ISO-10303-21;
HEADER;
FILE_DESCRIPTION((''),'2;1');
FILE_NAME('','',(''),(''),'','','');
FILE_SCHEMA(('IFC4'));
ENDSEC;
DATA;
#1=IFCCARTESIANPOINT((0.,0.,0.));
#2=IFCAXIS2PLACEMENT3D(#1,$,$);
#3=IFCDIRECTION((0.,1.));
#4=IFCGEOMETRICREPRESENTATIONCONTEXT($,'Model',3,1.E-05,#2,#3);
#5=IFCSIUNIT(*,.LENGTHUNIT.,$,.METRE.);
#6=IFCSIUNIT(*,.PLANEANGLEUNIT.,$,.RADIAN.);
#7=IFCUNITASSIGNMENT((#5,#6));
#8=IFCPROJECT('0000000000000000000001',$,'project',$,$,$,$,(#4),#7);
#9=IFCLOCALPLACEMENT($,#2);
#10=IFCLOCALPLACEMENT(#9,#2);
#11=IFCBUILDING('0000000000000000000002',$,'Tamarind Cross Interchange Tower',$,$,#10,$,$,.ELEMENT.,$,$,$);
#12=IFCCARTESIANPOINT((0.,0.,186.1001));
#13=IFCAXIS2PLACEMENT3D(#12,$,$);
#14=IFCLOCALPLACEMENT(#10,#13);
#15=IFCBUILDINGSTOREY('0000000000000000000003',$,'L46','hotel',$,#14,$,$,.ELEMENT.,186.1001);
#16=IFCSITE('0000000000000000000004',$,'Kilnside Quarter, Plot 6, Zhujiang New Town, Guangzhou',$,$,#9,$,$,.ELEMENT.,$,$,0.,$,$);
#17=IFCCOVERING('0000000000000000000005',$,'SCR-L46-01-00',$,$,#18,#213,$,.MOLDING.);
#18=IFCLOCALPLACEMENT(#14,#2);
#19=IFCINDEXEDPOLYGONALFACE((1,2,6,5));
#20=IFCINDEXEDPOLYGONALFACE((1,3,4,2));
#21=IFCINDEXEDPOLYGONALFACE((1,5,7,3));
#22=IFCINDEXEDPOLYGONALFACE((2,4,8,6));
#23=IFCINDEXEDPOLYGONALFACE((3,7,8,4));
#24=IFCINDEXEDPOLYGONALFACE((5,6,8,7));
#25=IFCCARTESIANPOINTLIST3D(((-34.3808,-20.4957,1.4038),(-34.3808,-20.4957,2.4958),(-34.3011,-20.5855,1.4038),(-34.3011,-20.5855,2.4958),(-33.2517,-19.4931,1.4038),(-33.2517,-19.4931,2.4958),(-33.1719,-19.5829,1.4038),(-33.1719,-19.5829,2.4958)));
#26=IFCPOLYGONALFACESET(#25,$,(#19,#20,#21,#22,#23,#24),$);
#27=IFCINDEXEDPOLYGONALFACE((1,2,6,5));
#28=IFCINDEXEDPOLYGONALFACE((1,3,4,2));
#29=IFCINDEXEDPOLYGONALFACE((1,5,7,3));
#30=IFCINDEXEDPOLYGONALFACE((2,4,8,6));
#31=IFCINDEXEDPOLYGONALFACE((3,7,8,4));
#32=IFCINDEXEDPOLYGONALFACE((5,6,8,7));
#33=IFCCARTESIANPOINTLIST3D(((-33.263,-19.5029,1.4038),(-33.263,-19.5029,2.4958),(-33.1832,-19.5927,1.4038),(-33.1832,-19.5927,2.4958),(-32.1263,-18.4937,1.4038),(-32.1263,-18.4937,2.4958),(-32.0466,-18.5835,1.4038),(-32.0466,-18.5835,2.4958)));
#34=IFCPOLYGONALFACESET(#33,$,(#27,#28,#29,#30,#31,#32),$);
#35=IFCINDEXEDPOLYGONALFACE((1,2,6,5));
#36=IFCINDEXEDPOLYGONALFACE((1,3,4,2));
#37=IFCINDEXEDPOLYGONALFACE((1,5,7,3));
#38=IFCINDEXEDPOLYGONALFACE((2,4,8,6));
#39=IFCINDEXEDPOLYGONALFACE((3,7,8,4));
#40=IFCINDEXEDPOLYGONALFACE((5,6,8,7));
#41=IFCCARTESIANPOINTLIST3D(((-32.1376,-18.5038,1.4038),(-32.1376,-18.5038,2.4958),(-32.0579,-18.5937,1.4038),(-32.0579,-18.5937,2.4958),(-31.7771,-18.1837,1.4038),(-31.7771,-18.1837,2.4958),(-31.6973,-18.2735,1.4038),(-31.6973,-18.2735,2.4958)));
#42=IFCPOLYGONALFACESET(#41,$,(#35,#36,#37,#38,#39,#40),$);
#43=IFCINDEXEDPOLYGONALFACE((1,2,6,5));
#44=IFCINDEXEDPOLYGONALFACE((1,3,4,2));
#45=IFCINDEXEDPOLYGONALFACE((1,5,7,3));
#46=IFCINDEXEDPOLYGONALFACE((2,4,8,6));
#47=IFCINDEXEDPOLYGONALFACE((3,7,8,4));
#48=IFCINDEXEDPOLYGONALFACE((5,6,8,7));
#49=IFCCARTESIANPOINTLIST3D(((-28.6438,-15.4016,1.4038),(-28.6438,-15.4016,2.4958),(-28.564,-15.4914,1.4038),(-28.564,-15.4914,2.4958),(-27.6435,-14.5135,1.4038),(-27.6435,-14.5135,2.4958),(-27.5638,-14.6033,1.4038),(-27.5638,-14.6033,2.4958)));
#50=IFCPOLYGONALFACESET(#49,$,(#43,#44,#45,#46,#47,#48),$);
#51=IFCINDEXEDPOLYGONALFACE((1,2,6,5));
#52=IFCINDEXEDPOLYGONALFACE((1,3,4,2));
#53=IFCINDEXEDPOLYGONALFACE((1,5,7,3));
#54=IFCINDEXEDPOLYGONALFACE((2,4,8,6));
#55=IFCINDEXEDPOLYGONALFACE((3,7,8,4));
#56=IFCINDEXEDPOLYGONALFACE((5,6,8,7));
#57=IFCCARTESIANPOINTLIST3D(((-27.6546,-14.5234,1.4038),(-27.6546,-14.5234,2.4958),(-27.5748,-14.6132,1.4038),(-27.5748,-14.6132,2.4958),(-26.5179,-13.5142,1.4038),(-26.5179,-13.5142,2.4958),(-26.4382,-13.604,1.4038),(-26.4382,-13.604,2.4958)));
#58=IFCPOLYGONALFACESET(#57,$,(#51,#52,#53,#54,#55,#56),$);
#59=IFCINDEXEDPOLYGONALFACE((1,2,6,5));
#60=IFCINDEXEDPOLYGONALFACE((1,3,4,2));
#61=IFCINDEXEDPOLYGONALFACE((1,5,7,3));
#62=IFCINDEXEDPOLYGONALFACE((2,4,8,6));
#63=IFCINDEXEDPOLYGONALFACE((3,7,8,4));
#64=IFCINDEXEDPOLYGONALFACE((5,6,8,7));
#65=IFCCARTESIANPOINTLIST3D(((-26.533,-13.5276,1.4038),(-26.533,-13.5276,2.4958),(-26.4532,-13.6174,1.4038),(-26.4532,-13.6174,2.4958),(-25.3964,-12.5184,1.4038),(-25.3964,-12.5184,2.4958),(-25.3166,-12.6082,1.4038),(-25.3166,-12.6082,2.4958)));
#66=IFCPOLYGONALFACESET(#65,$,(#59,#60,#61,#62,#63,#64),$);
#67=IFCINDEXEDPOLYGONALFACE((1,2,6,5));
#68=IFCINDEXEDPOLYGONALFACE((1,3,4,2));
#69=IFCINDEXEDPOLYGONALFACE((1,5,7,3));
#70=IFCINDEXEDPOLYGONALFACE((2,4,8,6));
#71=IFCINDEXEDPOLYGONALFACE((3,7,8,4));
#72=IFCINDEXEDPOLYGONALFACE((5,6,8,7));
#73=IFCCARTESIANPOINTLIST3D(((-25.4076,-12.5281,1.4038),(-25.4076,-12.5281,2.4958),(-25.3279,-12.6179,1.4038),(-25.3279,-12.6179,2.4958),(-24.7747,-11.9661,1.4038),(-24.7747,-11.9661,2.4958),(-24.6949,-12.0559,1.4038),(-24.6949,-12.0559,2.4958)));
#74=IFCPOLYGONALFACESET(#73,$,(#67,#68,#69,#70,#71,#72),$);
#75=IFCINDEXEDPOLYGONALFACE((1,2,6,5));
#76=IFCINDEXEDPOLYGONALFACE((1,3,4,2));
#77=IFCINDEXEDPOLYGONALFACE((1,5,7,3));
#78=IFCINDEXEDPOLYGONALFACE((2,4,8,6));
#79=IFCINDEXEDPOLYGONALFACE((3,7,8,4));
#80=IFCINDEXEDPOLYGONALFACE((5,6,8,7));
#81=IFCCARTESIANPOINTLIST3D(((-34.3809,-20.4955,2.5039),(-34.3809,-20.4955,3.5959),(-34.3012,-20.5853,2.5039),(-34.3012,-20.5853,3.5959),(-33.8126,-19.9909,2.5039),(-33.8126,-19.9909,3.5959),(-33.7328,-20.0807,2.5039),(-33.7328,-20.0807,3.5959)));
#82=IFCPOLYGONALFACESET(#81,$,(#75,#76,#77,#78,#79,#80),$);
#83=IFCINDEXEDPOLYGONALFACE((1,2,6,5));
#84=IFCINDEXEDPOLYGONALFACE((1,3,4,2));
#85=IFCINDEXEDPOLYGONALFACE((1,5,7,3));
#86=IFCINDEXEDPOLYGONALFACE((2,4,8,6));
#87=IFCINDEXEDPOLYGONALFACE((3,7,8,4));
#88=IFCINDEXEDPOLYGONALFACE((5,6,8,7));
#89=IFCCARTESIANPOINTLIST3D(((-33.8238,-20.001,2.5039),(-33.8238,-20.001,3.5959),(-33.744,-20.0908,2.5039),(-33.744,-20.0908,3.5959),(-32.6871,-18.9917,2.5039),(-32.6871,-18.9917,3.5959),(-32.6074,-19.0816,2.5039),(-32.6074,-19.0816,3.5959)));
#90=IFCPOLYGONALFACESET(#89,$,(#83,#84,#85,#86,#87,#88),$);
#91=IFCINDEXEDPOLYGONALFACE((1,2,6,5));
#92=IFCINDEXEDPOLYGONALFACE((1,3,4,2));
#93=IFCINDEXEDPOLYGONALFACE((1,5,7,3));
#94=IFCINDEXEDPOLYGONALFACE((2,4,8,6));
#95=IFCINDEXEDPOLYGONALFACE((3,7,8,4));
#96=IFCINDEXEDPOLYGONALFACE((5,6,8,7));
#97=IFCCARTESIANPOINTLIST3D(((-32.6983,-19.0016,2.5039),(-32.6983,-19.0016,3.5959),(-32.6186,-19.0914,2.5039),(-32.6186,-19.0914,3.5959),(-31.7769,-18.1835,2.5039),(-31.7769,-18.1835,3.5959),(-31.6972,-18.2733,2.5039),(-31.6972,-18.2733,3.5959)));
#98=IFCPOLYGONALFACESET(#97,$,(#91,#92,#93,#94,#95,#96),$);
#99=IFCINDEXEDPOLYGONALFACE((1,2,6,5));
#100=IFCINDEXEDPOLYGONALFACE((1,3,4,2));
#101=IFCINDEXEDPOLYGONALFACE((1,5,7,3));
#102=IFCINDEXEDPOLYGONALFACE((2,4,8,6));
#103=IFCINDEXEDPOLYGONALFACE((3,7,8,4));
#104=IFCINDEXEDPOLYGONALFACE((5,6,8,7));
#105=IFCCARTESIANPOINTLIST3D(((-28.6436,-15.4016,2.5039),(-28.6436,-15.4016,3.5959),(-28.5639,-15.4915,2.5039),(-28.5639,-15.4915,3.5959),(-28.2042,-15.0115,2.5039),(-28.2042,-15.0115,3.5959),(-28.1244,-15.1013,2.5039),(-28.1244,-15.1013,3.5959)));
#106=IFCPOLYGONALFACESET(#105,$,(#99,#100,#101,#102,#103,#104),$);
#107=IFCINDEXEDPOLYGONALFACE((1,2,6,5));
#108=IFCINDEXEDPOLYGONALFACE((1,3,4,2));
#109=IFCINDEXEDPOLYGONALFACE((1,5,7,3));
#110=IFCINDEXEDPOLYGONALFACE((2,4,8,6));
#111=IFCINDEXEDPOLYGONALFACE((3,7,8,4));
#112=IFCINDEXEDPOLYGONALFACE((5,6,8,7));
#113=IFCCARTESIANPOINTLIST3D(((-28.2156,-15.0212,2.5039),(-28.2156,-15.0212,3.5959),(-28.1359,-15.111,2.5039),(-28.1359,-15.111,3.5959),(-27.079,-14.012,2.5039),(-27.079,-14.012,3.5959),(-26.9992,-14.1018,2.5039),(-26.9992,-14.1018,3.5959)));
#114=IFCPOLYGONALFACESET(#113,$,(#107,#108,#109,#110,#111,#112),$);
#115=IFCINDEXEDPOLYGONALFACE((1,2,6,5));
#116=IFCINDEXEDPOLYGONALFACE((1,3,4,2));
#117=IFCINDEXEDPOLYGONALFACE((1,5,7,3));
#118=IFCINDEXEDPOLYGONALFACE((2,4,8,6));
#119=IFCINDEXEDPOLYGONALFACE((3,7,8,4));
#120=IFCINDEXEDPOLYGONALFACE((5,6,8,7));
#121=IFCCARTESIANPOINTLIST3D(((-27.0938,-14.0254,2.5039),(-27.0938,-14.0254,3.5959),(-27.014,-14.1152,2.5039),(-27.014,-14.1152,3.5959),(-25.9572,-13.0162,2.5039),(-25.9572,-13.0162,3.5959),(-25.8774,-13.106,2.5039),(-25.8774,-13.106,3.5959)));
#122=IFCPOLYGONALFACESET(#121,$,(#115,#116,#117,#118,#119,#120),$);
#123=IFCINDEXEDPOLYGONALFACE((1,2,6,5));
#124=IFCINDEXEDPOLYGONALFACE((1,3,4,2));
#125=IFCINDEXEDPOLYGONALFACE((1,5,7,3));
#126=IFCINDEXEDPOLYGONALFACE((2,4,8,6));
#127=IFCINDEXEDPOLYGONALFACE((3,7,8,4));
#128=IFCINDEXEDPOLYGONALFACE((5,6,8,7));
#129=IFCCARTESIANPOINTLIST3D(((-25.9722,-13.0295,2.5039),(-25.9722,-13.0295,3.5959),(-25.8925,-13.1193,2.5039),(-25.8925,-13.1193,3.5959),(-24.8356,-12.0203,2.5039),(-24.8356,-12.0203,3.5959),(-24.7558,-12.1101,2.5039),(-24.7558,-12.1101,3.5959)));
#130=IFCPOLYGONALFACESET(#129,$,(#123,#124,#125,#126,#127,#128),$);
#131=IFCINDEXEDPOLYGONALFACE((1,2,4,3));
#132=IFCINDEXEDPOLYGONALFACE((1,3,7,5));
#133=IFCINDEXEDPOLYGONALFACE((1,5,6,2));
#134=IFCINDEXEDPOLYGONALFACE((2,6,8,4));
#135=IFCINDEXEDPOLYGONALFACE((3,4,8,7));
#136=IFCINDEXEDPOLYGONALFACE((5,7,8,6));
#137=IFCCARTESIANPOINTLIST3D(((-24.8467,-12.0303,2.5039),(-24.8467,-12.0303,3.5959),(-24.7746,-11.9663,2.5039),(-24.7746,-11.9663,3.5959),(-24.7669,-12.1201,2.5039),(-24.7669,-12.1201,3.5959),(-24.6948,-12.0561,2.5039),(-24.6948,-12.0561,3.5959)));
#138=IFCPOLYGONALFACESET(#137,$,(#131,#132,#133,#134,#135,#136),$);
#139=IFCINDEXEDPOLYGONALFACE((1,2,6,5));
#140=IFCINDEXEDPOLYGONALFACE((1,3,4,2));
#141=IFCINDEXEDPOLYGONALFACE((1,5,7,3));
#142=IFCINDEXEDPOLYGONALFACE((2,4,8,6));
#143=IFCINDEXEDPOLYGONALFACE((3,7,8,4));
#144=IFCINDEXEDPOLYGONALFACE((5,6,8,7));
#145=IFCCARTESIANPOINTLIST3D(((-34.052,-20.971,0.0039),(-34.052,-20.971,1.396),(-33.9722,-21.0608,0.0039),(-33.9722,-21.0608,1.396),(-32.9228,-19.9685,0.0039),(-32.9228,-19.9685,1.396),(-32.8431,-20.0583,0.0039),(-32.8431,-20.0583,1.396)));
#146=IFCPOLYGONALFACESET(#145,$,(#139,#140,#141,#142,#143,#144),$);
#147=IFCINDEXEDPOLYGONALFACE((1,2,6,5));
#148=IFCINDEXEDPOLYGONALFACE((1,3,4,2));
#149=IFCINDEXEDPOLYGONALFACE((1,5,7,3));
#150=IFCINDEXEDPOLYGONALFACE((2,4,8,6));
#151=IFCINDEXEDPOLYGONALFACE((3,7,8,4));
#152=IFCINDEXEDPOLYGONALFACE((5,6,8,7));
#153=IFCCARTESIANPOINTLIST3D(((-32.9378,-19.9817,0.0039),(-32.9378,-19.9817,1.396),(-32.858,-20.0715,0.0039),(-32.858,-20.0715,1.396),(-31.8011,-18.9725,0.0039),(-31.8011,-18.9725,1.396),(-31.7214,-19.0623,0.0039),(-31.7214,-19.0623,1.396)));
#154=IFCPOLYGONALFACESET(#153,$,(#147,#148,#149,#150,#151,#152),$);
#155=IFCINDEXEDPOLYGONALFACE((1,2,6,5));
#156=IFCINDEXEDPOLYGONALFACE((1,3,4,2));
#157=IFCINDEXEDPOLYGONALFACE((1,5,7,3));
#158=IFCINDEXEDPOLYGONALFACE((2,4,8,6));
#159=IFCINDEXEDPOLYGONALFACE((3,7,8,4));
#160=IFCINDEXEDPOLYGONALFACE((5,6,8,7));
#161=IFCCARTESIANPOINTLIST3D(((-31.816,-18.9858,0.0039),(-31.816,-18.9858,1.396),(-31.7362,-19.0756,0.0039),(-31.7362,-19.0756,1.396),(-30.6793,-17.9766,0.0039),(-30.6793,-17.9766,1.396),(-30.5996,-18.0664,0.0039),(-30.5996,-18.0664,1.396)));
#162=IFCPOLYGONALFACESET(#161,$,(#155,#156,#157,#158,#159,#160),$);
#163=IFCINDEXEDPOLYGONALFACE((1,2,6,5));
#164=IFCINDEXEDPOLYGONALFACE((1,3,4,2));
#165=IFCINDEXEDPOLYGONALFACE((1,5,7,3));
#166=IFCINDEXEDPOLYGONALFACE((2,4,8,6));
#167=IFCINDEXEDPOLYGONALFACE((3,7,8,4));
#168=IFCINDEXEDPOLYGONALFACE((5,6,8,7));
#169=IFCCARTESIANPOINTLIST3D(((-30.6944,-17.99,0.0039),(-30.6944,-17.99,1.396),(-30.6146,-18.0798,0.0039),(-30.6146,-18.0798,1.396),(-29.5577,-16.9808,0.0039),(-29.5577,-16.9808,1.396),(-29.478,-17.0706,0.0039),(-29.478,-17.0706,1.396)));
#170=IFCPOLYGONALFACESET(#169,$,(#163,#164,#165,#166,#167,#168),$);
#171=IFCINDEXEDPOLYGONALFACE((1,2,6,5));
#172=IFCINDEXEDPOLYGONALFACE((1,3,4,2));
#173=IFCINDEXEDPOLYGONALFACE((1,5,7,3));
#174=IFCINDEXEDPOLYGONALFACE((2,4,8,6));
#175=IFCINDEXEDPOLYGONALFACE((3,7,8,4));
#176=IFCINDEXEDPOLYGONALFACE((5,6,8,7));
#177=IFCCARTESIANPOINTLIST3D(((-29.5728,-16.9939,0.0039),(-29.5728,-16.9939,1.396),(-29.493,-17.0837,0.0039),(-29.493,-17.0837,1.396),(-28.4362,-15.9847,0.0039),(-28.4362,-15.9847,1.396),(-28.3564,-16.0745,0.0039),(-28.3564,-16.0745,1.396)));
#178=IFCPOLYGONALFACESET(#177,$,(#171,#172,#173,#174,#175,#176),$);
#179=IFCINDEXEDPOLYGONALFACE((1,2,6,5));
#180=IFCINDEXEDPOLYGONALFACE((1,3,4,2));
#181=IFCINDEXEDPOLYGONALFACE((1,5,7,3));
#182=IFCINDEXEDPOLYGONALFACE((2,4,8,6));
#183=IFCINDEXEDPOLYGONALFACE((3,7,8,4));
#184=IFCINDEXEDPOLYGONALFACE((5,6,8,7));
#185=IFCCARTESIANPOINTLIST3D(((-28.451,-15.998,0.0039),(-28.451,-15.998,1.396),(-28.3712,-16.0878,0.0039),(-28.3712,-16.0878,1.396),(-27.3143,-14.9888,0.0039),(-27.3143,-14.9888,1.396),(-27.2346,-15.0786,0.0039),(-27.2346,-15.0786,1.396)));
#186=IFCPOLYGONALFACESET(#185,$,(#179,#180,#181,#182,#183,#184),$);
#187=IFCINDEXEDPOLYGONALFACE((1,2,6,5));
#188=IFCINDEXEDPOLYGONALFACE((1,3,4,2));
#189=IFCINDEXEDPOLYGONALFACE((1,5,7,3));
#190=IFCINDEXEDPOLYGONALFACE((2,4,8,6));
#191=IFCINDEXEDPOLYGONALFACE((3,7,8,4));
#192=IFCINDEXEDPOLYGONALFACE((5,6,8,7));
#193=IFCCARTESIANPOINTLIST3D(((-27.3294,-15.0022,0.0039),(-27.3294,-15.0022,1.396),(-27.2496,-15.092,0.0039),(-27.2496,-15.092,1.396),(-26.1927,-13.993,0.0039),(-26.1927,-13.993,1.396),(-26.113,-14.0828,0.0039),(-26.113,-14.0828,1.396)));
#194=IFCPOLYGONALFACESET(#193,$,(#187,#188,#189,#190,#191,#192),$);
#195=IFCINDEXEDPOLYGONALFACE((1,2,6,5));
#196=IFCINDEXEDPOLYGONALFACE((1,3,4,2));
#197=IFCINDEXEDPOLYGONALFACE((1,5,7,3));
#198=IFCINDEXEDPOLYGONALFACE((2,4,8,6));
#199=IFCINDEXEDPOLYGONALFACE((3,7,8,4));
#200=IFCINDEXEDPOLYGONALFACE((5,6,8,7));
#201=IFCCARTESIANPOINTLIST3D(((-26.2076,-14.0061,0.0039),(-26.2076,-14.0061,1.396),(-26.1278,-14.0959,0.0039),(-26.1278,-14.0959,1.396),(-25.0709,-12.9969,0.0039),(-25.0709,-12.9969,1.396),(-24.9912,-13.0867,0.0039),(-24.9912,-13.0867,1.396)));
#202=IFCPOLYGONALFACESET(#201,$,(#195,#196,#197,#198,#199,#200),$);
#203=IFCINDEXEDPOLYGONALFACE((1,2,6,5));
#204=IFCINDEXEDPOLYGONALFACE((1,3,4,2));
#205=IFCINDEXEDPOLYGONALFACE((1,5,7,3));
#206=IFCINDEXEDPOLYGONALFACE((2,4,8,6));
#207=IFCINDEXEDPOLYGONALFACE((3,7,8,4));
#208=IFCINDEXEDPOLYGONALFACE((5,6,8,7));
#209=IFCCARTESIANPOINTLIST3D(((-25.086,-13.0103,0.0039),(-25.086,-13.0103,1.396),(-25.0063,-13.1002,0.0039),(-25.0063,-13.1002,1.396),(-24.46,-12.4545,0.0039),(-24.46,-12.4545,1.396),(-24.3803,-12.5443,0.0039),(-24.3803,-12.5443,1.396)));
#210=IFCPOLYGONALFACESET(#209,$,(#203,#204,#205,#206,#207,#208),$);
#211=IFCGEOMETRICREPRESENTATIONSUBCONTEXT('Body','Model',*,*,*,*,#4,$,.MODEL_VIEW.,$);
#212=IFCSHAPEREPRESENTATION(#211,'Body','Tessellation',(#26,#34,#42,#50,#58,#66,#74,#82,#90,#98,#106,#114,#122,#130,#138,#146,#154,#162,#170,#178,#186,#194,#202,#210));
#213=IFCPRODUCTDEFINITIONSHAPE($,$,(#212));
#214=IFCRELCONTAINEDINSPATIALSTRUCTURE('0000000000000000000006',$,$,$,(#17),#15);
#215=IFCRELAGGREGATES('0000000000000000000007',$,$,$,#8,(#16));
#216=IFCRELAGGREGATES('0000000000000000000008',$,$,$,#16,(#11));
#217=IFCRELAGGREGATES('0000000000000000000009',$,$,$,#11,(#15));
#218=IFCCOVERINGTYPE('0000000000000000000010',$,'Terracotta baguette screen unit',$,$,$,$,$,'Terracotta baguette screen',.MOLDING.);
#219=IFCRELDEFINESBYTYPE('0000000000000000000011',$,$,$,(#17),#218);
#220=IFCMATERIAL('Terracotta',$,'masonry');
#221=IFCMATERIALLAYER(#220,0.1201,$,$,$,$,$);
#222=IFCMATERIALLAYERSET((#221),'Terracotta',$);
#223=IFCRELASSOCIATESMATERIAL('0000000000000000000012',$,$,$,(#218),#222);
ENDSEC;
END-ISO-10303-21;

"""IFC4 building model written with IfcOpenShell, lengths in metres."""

from ifc_helpers import new_model, si_unit, direction, frame, origin, origin_2d, place, context, subcontext, project, spatial, rectangle, extrude, material, layer, layer_set, type_object, element, save


model = new_model("IFC4")

# Units and contexts
model_context = context("Model", 3, precision=1e-05, world=origin(), true_north=direction((0.0, 1.0)))
body_context = subcontext(model_context, "Body", "Model", "MODEL_VIEW")
ifc_project = project(units=[si_unit("LENGTHUNIT", "METRE"), si_unit("PLANEANGLEUNIT", "RADIAN")], contexts=[model_context])

# Site, building, storey
site_placement = place(None, origin())
site = spatial("IfcSite", under=ifc_project, at=site_placement, Name="Kilnside Quarter, Plot 6, Zhujiang New Town, Guangzhou", CompositionType="ELEMENT", RefElevation=0.0)
building_placement = place(site_placement, origin())
building = spatial("IfcBuilding", under=site, at=building_placement, Name="Tamarind Cross Interchange Tower", CompositionType="ELEMENT")
storey_placement = place(building_placement, frame((0.0, 0.0, 186.1001)))
storey = spatial("IfcBuildingStorey", under=building, at=storey_placement, Name="L46", Description="hotel", CompositionType="ELEMENT", Elevation=186.1001)

# Covering
ifc_material_1 = material(Name="Terracotta", Category="masonry")
ifc_layer_1 = layer(ifc_material_1, 0.1201)
ifc_layer_set_1 = layer_set([ifc_layer_1], Name="Terracotta")
covering_type = type_object("IfcCoveringType", Name="Terracotta baguette screen unit", ElementType="Terracotta baguette screen", PredefinedType="MOLDING", material=ifc_layer_set_1)
covering_1_placement = place(storey_placement, origin())
element("IfcCovering", 1, at=covering_1_placement, inside=storey, type_object=covering_type, Name="SCR-L46-01-00", PredefinedType="MOLDING", context=body_context, shape_type="SweptSolid", body=[
    extrude(rectangle(XDim=1.51, YDim=0.1201, at=origin_2d()), frame((-33.7764, -20.0393, 1.4038), z_axis=(0.0, 0.0, 1.0), x_axis=(0.747777, 0.66395, 0.0)), (0.0, 0.0, 1.0), 1.092),
    extrude(rectangle(XDim=1.52, YDim=0.1201, at=origin_2d()), frame((-32.6548, -19.0432, 1.4038), z_axis=(0.0, 0.0, 1.0), x_axis=(0.747777, 0.66395, 0.0)), (0.0, 0.0, 1.0), 1.092),
    extrude(rectangle(XDim=0.4822, YDim=0.1201, at=origin_2d()), frame((-31.9175, -18.3887, 1.4038), z_axis=(0.0, 0.0, 1.0), x_axis=(0.747777, 0.66395, 0.0)), (0.0, 0.0, 1.0), 1.092),
    extrude(rectangle(XDim=1.3376, YDim=0.1201, at=origin_2d()), frame((-28.1038, -15.0024, 1.4038), z_axis=(0.0, 0.0, 1.0), x_axis=(0.747777, 0.66395, 0.0)), (0.0, 0.0, 1.0), 1.092),
    extrude(rectangle(XDim=1.52, YDim=0.1201, at=origin_2d()), frame((-27.0464, -14.0637, 1.4038), z_axis=(0.0, 0.0, 1.0), x_axis=(0.747777, 0.66395, 0.0)), (0.0, 0.0, 1.0), 1.092),
    extrude(rectangle(XDim=1.52, YDim=0.1201, at=origin_2d()), frame((-25.9248, -13.0679, 1.4038), z_axis=(0.0, 0.0, 1.0), x_axis=(0.747777, 0.66395, 0.0)), (0.0, 0.0, 1.0), 1.092),
    extrude(rectangle(XDim=0.8464, YDim=0.1201, at=origin_2d()), frame((-25.0513, -12.292, 1.4038), z_axis=(0.0, 0.0, 1.0), x_axis=(0.747777, 0.66395, 0.0)), (0.0, 0.0, 1.0), 1.092),
    extrude(rectangle(XDim=0.76, YDim=0.1201, at=origin_2d()), frame((-34.0569, -20.2881, 2.5039), z_axis=(0.0, 0.0, 1.0), x_axis=(0.747777, 0.66395, 0.0)), (0.0, 0.0, 1.0), 1.092),
    extrude(rectangle(XDim=1.52, YDim=0.1201, at=origin_2d()), frame((-33.2156, -19.5413, 2.5039), z_axis=(0.0, 0.0, 1.0), x_axis=(0.747777, 0.66395, 0.0)), (0.0, 0.0, 1.0), 1.092),
    extrude(rectangle(XDim=1.2322, YDim=0.1201, at=origin_2d()), frame((-32.1978, -18.6375, 2.5039), z_axis=(0.0, 0.0, 1.0), x_axis=(0.747777, 0.66395, 0.0)), (0.0, 0.0, 1.0), 1.092),
    extrude(rectangle(XDim=0.5876, YDim=0.1201, at=origin_2d()), frame((-28.384, -15.2515, 2.5039), z_axis=(0.0, 0.0, 1.0), x_axis=(0.747777, 0.66395, 0.0)), (0.0, 0.0, 1.0), 1.092),
    extrude(rectangle(XDim=1.52, YDim=0.1201, at=origin_2d()), frame((-27.6074, -14.5615, 2.5039), z_axis=(0.0, 0.0, 1.0), x_axis=(0.747777, 0.66395, 0.0)), (0.0, 0.0, 1.0), 1.092),
    extrude(rectangle(XDim=1.52, YDim=0.1201, at=origin_2d()), frame((-26.4856, -13.5657, 2.5039), z_axis=(0.0, 0.0, 1.0), x_axis=(0.747777, 0.66395, 0.0)), (0.0, 0.0, 1.0), 1.092),
    extrude(rectangle(XDim=1.52, YDim=0.1201, at=origin_2d()), frame((-25.364, -12.5698, 2.5039), z_axis=(0.0, 0.0, 1.0), x_axis=(0.747777, 0.66395, 0.0)), (0.0, 0.0, 1.0), 1.092),
    extrude(rectangle(XDim=0.0964, YDim=0.1201, at=origin_2d()), frame((-24.7708, -12.0432, 2.5039), z_axis=(0.0, 0.0, 1.0), x_axis=(0.747777, 0.66395, 0.0)), (0.0, 0.0, 1.0), 1.092),
    extrude(rectangle(XDim=1.51, YDim=0.1201, at=origin_2d()), frame((-33.4475, -20.5146, 0.0039), z_axis=(0.0, 0.0, 1.0), x_axis=(0.747777, 0.66395, 0.0)), (0.0, 0.0, 1.0), 1.3921),
    extrude(rectangle(XDim=1.52, YDim=0.1201, at=origin_2d()), frame((-32.3296, -19.522, 0.0039), z_axis=(0.0, 0.0, 1.0), x_axis=(0.747777, 0.66395, 0.0)), (0.0, 0.0, 1.0), 1.3921),
    extrude(rectangle(XDim=1.52, YDim=0.1201, at=origin_2d()), frame((-31.2078, -18.5261, 0.0039), z_axis=(0.0, 0.0, 1.0), x_axis=(0.747777, 0.66395, 0.0)), (0.0, 0.0, 1.0), 1.3921),
    extrude(rectangle(XDim=1.52, YDim=0.1201, at=origin_2d()), frame((-30.0862, -17.5303, 0.0039), z_axis=(0.0, 0.0, 1.0), x_axis=(0.747777, 0.66395, 0.0)), (0.0, 0.0, 1.0), 1.3921),
    extrude(rectangle(XDim=1.52, YDim=0.1201, at=origin_2d()), frame((-28.9646, -16.5342, 0.0039), z_axis=(0.0, 0.0, 1.0), x_axis=(0.747777, 0.66395, 0.0)), (0.0, 0.0, 1.0), 1.3921),
    extrude(rectangle(XDim=1.52, YDim=0.1201, at=origin_2d()), frame((-27.8428, -15.5383, 0.0039), z_axis=(0.0, 0.0, 1.0), x_axis=(0.747777, 0.66395, 0.0)), (0.0, 0.0, 1.0), 1.3921),
    extrude(rectangle(XDim=1.52, YDim=0.1201, at=origin_2d()), frame((-26.7212, -14.5425, 0.0039), z_axis=(0.0, 0.0, 1.0), x_axis=(0.747777, 0.66395, 0.0)), (0.0, 0.0, 1.0), 1.3921),
    extrude(rectangle(XDim=1.52, YDim=0.1201, at=origin_2d()), frame((-25.5994, -13.5464, 0.0039), z_axis=(0.0, 0.0, 1.0), x_axis=(0.747777, 0.66395, 0.0)), (0.0, 0.0, 1.0), 1.3921),
    extrude(rectangle(XDim=0.8372, YDim=0.1201, at=origin_2d()), frame((-24.7332, -12.7773, 0.0039), z_axis=(0.0, 0.0, 1.0), x_axis=(0.747777, 0.66395, 0.0)), (0.0, 0.0, 1.0), 1.3921),
])

save(model, "model.ifc")
